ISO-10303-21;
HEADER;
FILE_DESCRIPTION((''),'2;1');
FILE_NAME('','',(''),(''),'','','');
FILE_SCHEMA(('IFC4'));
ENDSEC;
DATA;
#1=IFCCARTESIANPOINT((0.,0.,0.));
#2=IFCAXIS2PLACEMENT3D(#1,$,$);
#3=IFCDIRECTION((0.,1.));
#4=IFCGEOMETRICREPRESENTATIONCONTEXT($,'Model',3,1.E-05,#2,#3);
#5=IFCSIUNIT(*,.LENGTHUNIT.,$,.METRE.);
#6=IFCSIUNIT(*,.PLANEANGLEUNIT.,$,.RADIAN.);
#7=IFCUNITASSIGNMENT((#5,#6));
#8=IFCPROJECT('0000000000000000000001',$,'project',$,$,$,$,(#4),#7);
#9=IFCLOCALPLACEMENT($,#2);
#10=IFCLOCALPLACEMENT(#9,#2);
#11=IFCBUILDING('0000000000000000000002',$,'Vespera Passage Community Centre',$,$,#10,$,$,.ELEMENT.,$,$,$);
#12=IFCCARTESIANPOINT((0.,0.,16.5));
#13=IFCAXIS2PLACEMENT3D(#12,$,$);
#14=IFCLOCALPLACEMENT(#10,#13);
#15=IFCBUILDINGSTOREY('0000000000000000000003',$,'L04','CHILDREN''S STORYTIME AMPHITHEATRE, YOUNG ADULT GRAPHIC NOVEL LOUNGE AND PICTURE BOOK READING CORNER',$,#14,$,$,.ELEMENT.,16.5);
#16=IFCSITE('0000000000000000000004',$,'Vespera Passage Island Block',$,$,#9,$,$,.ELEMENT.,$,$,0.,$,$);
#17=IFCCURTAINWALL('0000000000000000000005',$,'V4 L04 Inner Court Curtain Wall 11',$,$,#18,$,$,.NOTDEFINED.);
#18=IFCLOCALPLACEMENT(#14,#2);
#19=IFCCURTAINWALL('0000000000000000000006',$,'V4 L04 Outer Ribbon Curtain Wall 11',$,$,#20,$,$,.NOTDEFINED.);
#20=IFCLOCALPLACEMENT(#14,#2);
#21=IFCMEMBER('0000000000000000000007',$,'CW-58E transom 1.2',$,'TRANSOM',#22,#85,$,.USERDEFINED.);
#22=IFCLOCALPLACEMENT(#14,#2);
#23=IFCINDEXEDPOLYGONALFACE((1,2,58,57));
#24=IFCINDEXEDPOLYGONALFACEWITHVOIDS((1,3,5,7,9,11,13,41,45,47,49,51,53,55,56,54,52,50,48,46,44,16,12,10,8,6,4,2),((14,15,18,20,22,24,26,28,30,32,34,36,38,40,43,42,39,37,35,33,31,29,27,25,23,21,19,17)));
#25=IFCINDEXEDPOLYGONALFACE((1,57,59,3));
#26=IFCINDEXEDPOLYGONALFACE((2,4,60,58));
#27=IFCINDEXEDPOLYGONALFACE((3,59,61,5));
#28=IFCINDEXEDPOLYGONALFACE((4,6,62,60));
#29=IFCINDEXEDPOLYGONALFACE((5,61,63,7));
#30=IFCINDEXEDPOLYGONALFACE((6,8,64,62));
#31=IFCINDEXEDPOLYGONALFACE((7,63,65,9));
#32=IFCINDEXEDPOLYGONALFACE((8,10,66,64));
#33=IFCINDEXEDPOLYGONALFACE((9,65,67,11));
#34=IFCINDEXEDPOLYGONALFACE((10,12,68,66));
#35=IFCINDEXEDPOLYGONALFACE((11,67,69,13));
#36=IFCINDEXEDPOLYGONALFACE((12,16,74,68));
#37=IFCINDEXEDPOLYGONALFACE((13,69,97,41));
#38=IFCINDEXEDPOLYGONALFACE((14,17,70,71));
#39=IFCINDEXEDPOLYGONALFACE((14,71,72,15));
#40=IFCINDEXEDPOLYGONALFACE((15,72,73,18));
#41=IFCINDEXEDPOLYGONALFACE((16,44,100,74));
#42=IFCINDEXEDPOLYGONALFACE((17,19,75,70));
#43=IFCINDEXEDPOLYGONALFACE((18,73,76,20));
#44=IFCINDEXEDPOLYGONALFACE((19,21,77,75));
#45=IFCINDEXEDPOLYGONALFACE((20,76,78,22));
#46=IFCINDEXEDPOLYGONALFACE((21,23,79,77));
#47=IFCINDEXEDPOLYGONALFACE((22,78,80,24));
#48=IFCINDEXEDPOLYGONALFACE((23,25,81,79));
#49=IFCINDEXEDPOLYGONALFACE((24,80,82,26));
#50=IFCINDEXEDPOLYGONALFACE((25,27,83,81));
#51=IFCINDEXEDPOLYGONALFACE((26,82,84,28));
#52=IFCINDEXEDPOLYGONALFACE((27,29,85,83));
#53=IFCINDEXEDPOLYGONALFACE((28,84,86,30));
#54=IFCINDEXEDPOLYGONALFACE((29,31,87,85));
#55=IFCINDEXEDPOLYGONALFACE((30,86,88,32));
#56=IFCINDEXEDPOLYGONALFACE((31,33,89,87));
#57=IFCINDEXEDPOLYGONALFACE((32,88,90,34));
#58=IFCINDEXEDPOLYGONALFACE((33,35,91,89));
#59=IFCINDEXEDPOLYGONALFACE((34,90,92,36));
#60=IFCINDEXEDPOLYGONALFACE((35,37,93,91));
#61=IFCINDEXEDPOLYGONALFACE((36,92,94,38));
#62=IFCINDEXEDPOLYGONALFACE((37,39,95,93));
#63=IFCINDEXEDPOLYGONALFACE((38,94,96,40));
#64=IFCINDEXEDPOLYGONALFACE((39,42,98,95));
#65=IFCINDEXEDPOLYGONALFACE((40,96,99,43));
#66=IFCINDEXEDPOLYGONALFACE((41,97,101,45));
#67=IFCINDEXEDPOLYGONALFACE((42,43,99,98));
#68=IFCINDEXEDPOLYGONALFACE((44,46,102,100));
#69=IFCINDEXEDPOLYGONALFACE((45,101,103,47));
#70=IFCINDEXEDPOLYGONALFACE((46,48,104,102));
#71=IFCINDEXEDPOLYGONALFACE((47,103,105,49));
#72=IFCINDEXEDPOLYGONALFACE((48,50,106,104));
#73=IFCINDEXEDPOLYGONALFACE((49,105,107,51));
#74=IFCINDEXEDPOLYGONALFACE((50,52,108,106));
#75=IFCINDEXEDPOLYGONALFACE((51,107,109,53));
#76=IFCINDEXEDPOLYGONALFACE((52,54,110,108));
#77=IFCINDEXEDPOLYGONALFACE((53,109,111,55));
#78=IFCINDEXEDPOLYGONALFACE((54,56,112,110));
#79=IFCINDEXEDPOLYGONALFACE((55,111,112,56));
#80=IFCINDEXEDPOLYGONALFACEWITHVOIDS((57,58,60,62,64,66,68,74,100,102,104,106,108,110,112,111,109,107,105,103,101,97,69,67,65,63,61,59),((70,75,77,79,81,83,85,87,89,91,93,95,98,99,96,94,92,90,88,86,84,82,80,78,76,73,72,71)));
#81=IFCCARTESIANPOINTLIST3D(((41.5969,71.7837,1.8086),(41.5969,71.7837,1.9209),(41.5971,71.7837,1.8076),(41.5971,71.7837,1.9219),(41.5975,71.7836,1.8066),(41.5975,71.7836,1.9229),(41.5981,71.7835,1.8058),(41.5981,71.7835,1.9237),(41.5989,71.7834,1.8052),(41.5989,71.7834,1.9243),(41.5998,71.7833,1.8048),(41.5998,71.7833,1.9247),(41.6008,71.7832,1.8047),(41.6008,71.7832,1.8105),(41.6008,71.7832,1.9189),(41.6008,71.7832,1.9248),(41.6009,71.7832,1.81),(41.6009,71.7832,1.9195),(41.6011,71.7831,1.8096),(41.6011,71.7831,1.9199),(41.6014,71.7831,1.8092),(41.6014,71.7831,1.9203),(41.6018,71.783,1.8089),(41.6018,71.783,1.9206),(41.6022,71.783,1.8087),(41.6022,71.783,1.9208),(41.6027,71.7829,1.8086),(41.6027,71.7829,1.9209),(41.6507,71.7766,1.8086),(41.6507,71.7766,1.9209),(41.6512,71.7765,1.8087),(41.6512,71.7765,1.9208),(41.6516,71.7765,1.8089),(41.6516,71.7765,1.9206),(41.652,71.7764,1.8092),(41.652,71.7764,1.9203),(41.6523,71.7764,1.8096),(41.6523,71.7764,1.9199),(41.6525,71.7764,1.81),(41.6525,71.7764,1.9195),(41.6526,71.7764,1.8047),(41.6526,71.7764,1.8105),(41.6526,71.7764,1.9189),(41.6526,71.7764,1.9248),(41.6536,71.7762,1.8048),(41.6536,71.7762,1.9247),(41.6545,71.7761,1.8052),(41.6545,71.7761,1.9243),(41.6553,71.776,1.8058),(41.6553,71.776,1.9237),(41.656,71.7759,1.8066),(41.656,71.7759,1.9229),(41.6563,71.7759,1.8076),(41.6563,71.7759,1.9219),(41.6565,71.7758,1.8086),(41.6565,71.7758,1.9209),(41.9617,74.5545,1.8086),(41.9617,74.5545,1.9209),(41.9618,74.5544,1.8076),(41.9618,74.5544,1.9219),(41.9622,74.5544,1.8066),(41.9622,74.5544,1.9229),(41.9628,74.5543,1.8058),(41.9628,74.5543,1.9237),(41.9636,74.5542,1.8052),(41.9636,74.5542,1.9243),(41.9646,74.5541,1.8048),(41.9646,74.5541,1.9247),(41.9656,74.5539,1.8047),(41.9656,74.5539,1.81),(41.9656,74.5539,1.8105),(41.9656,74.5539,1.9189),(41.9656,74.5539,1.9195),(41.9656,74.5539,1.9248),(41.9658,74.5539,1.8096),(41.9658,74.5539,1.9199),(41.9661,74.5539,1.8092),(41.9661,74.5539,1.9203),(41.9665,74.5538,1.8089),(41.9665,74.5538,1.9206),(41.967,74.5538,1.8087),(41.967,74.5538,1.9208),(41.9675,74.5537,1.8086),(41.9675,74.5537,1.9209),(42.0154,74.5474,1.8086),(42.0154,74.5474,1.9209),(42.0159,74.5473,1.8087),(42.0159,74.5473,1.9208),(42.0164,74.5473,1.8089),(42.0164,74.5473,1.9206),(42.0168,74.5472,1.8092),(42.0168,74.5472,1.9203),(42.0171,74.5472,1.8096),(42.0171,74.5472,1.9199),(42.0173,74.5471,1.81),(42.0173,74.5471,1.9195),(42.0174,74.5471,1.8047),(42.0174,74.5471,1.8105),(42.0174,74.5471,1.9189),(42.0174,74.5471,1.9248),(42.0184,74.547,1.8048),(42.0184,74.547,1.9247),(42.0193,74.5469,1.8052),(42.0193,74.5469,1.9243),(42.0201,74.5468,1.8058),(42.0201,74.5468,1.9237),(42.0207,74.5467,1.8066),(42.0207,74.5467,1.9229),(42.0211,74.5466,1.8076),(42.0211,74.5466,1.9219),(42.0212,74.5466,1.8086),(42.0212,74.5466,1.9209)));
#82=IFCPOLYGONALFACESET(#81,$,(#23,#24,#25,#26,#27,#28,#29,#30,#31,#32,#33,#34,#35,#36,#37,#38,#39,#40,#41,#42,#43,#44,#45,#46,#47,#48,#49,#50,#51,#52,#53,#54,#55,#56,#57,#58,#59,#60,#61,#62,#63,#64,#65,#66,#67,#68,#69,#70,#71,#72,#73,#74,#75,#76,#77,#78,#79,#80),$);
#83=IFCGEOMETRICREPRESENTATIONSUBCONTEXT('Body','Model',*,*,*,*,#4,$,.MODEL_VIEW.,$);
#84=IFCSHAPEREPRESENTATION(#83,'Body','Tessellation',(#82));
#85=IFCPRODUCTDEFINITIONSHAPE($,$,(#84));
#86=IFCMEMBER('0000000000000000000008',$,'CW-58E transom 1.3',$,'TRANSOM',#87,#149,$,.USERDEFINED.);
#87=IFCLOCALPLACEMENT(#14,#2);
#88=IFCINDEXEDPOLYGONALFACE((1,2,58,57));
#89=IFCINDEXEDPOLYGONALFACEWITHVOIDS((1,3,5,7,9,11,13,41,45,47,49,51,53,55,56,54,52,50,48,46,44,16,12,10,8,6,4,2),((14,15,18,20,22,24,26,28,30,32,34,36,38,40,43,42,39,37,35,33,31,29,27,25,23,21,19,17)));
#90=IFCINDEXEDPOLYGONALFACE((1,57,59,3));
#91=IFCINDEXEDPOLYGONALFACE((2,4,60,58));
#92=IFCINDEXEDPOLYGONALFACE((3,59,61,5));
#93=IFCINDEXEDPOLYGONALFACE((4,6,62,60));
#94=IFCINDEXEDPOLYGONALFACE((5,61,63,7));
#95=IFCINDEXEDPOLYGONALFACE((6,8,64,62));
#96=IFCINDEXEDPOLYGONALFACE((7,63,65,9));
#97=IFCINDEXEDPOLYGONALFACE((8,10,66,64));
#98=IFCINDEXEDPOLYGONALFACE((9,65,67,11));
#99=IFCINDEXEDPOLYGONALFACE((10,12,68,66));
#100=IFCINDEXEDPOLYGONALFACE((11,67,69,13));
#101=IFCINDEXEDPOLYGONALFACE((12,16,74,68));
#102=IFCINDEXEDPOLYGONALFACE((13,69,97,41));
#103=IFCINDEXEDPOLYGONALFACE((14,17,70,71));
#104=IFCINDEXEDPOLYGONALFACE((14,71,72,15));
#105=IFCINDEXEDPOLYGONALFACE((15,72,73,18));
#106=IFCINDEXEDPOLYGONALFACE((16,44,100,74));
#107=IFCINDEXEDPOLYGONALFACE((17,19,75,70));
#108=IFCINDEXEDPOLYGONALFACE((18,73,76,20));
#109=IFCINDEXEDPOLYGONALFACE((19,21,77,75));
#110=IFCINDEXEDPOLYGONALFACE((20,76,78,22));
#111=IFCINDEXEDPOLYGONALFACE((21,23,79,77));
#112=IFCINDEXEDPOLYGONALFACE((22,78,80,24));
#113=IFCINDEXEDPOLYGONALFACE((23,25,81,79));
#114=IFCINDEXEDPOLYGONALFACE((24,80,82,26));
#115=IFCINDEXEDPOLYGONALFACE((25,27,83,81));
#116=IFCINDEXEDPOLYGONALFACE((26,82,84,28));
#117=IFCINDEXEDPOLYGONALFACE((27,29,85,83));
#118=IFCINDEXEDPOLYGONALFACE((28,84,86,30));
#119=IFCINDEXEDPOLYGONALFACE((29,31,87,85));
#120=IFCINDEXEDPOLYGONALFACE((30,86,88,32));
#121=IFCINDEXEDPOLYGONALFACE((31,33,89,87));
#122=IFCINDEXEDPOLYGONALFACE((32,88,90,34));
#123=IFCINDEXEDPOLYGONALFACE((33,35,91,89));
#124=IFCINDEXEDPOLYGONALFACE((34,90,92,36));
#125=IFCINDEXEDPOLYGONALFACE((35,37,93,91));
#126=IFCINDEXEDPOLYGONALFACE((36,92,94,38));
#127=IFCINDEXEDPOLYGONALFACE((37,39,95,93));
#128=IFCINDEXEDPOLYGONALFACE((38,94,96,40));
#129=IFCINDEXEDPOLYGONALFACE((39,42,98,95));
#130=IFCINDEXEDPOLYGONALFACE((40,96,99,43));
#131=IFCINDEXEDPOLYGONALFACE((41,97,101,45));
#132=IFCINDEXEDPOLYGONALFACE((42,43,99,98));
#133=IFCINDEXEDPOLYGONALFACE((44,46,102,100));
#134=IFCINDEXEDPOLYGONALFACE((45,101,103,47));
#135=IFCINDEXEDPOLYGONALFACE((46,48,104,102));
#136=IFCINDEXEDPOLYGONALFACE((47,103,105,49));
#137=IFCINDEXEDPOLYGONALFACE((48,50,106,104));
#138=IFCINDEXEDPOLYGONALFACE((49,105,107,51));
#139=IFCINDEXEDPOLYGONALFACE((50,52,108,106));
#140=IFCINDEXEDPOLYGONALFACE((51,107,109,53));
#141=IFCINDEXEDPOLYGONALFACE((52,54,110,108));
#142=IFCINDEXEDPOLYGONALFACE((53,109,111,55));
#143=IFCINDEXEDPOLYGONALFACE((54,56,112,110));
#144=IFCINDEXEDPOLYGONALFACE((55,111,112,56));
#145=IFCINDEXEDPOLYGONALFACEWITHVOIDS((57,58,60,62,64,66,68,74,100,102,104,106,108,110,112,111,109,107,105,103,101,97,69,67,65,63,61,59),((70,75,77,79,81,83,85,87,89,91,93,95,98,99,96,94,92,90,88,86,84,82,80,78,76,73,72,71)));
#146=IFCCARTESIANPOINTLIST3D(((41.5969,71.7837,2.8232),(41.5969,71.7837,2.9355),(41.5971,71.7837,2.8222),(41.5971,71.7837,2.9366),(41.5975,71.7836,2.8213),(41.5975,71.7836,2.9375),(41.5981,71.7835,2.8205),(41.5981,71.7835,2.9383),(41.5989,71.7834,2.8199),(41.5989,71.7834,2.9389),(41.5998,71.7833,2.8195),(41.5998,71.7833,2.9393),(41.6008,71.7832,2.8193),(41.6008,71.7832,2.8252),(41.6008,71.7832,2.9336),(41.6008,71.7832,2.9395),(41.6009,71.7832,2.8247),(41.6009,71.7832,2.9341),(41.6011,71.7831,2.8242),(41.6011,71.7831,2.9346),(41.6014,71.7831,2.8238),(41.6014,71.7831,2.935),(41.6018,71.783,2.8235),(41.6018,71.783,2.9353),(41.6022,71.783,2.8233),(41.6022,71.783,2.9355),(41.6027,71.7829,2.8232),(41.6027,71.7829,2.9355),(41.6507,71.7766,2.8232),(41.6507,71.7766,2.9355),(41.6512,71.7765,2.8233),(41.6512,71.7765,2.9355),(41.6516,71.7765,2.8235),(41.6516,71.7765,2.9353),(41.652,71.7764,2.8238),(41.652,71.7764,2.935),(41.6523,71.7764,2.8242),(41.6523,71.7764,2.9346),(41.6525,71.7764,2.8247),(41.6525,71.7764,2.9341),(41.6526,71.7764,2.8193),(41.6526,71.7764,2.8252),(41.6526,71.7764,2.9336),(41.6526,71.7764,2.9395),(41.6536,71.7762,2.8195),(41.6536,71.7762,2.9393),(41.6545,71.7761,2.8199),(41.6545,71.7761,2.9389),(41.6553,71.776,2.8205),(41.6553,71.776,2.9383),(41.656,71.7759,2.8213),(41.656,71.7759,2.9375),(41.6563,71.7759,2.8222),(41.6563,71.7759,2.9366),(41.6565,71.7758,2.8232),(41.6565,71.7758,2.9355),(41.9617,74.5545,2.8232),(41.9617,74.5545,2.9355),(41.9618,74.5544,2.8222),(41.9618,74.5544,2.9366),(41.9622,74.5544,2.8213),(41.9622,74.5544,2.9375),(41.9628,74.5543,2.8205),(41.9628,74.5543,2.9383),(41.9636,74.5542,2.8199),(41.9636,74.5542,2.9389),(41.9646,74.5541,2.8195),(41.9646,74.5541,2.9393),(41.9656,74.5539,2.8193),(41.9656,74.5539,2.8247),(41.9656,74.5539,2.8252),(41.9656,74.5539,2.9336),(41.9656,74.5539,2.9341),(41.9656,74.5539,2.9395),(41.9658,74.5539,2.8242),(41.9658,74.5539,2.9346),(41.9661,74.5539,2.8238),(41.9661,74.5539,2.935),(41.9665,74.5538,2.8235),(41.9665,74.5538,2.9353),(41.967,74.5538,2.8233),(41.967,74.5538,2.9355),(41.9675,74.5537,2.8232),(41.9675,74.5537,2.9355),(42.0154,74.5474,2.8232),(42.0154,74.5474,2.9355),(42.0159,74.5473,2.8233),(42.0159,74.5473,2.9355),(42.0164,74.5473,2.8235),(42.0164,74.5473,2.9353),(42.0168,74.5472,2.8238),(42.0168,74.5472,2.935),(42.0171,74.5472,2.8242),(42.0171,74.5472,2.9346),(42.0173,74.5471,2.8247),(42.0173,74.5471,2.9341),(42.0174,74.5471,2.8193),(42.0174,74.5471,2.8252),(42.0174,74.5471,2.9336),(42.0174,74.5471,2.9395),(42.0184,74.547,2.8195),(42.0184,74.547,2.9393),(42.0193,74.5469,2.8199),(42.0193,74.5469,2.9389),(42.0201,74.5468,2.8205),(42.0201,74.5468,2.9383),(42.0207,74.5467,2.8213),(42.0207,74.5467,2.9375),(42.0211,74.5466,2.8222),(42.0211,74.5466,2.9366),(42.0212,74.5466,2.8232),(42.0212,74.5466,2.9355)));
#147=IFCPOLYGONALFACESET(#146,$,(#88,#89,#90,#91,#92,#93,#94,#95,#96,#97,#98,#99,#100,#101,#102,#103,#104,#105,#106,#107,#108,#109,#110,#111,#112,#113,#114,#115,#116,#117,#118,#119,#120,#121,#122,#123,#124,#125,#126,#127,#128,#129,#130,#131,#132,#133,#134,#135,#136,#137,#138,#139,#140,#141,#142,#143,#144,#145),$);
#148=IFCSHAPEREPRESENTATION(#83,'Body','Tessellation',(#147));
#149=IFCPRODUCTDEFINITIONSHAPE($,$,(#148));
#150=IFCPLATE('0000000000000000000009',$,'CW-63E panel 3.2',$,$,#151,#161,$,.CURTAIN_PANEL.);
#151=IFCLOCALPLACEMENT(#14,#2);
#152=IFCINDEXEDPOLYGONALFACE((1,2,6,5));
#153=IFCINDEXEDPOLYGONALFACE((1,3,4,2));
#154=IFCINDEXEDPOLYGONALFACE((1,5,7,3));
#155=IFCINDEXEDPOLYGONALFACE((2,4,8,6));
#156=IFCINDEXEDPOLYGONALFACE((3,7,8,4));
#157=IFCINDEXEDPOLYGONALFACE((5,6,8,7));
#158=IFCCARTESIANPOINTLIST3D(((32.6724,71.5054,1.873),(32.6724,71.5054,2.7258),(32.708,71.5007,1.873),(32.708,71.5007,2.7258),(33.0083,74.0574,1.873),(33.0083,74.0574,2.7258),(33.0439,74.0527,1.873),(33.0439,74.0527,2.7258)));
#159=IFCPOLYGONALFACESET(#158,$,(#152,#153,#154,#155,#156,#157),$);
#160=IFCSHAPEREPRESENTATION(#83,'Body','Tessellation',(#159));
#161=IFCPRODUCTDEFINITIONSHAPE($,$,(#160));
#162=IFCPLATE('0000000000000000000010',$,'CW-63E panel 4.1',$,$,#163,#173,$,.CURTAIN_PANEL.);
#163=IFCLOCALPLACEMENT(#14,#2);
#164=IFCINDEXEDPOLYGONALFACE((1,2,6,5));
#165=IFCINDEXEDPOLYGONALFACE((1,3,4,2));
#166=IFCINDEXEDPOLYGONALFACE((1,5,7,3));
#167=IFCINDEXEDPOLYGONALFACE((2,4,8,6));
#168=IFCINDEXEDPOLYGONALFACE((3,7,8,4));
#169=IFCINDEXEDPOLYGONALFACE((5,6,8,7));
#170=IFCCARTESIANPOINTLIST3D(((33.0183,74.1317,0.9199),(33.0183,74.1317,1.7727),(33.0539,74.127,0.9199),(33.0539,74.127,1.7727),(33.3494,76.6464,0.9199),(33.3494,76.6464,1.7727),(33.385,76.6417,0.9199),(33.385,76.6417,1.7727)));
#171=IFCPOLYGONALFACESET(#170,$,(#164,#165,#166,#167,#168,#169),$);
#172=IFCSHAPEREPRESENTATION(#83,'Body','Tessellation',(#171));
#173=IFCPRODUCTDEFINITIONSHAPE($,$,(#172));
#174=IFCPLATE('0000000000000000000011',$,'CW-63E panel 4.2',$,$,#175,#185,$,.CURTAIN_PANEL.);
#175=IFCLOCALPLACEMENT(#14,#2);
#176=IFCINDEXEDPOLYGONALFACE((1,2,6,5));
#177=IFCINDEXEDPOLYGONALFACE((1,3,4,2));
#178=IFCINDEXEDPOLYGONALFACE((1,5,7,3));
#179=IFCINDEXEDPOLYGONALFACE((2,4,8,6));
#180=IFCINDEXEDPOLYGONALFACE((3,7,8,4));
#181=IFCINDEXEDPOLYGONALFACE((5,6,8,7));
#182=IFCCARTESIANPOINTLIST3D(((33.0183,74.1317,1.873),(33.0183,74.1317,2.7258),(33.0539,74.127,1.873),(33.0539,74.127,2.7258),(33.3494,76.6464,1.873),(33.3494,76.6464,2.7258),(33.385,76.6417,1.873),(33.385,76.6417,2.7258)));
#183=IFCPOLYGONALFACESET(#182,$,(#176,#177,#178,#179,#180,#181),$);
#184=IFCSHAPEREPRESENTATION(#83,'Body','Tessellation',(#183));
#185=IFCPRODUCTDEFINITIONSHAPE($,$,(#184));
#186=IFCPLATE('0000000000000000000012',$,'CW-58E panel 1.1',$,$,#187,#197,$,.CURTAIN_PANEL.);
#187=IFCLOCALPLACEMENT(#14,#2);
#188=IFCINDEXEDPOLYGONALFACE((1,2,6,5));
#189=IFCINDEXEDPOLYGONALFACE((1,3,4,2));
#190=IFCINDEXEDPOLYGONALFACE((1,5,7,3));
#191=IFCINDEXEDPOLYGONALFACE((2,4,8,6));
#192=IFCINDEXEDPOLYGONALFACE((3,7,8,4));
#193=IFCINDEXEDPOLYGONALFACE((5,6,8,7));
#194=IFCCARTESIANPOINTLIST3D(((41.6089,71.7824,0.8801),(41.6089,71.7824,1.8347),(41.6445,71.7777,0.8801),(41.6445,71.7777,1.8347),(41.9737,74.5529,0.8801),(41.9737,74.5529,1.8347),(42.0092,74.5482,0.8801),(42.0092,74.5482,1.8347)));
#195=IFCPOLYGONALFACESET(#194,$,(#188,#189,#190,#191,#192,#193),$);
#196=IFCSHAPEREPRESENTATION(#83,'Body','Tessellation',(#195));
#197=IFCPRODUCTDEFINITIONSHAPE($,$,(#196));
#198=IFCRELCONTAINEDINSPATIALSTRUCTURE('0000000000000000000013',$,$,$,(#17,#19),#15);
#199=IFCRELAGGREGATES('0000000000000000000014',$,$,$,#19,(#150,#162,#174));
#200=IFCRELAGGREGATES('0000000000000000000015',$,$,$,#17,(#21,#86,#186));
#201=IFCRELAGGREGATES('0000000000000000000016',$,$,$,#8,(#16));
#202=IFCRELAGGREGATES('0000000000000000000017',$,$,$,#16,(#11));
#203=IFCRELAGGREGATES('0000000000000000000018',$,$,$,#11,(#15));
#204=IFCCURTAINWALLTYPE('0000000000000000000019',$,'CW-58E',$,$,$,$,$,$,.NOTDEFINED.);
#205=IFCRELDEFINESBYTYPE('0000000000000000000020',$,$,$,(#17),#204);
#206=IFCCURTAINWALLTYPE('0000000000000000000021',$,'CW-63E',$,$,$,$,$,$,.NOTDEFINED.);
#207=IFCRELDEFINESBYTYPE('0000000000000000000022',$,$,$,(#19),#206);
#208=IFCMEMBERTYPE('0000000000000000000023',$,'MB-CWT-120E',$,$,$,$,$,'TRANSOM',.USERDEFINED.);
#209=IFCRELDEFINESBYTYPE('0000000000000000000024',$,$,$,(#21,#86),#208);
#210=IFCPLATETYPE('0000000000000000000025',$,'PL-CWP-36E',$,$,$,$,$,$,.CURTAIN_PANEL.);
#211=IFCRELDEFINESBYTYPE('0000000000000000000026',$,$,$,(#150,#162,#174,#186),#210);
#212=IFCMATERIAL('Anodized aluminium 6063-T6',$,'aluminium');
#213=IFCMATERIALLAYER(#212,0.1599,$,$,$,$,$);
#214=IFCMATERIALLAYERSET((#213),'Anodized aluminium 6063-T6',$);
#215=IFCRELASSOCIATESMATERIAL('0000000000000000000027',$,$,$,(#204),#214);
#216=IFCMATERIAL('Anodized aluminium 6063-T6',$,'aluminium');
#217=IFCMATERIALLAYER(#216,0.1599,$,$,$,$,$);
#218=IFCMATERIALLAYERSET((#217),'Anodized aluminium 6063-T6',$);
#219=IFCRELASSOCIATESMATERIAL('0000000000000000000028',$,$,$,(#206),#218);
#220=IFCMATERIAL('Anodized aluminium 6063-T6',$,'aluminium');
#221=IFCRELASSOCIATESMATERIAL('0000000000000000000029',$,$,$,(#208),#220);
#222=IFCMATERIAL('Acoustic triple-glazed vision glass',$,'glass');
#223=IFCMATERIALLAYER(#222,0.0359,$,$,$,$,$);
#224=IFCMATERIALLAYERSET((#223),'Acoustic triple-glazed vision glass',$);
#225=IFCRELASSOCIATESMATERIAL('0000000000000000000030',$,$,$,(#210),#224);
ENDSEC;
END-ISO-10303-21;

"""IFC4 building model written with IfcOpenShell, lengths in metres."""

from ifc_helpers import new_model, si_unit, direction, frame, origin, origin_2d, place, context, subcontext, project, spatial, rectangle, hollow_rectangle, extrude, material, layer, layer_set, material_profile, profile_set, type_object, element, aggregate, save


model = new_model("IFC4")

# Units and contexts
model_context = context("Model", 3, precision=1e-05, world=origin(), true_north=direction((0.0, 1.0)))
body_context = subcontext(model_context, "Body", "Model", "MODEL_VIEW")
ifc_project = project(units=[si_unit("LENGTHUNIT", "METRE"), si_unit("PLANEANGLEUNIT", "RADIAN")], contexts=[model_context])

# Site, building, storey
site_placement = place(None, origin())
site = spatial("IfcSite", under=ifc_project, at=site_placement, Name="Vespera Passage Island Block", CompositionType="ELEMENT", RefElevation=0.0)
building_placement = place(site_placement, origin())
building = spatial("IfcBuilding", under=site, at=building_placement, Name="Vespera Passage Community Centre", CompositionType="ELEMENT")
storey_placement = place(building_placement, frame((0.0, 0.0, 16.5)))
storey = spatial("IfcBuildingStorey", under=building, at=storey_placement, Name="L04", Description="CHILDREN'S STORYTIME AMPHITHEATRE, YOUNG ADULT GRAPHIC NOVEL LOUNGE AND PICTURE BOOK READING CORNER", CompositionType="ELEMENT", Elevation=16.5)

# Curtain wall
ifc_material_1 = material(Name="Anodized aluminium 6063-T6", Category="aluminium")
ifc_layer_1 = layer(ifc_material_1, 0.1599)
ifc_layer_set_1 = layer_set([ifc_layer_1], Name="Anodized aluminium 6063-T6")
curtain_wall_type_1 = type_object("IfcCurtainWallType", Name="CW-58E", PredefinedType="NOTDEFINED", material=ifc_layer_set_1)
curtain_wall_1_placement = place(storey_placement, origin())
curtain_wall_1 = element("IfcCurtainWall", 1, at=curtain_wall_1_placement, inside=storey, type_object=curtain_wall_type_1, Name="V4 L04 Inner Court Curtain Wall 11", PredefinedType="NOTDEFINED")

# Curtain wall
ifc_material_2 = material(Name="Anodized aluminium 6063-T6", Category="aluminium")
ifc_layer_2 = layer(ifc_material_2, 0.1599)
ifc_layer_set_2 = layer_set([ifc_layer_2], Name="Anodized aluminium 6063-T6")
curtain_wall_type_2 = type_object("IfcCurtainWallType", Name="CW-63E", PredefinedType="NOTDEFINED", material=ifc_layer_set_2)
curtain_wall_2_placement = place(storey_placement, origin())
curtain_wall_2 = element("IfcCurtainWall", 2, at=curtain_wall_2_placement, inside=storey, type_object=curtain_wall_type_2, Name="V4 L04 Outer Ribbon Curtain Wall 11", PredefinedType="NOTDEFINED")

# Members
ifc_material_3 = material(Name="Anodized aluminium 6063-T6", Category="aluminium")
ifc_material_profile_1 = material_profile(ifc_material_3, hollow_rectangle(XDim=0.0601, YDim=0.1201, WallThickness=0.0039, InnerFilletRadius=0.002, OuterFilletRadius=0.0039, at=origin_2d()), Name="ALU120X60X4")
ifc_profile_set_1 = profile_set([ifc_material_profile_1], Name="Anodized aluminium 6063-T6")
member_type_1 = type_object("IfcMemberType", Name="MB-CWT-120E", ElementType="TRANSOM", PredefinedType="USERDEFINED", material=ifc_profile_set_1)
member_1_placement = place(storey_placement, frame((41.9915, 74.5505, 1.8647), z_axis=(-0.130516, -0.991446, 0.0), x_axis=(0.991446, -0.130516, 0.0)))
member_1 = element("IfcMember", 3, at=member_1_placement, type_object=member_type_1, Name="CW-58E transom 1.2", ObjectType="TRANSOM", PredefinedType="USERDEFINED", context=body_context, shape_type="SweptSolid", body=[
    extrude(hollow_rectangle(XDim=0.0601, YDim=0.1201, WallThickness=0.0039, InnerFilletRadius=0.002, OuterFilletRadius=0.0039, at=origin_2d()), origin(), (0.0, 0.0, 1.0), 2.7947),
])
member_2_placement = place(storey_placement, frame((41.9915, 74.5505, 2.8794), z_axis=(-0.130516, -0.991446, 0.0), x_axis=(0.991446, -0.130516, 0.0)))
member_2 = element("IfcMember", 4, at=member_2_placement, type_object=member_type_1, Name="CW-58E transom 1.3", ObjectType="TRANSOM", PredefinedType="USERDEFINED", context=body_context, shape_type="SweptSolid", body=[
    extrude(hollow_rectangle(XDim=0.0601, YDim=0.1201, WallThickness=0.0039, InnerFilletRadius=0.002, OuterFilletRadius=0.0039, at=origin_2d()), origin(), (0.0, 0.0, 1.0), 2.7947),
])

# Plates
ifc_material_4 = material(Name="Acoustic triple-glazed vision glass", Category="glass")
ifc_layer_3 = layer(ifc_material_4, 0.0359)
ifc_layer_set_3 = layer_set([ifc_layer_3], Name="Acoustic triple-glazed vision glass")
plate_type = type_object("IfcPlateType", Name="PL-CWP-36E", PredefinedType="CURTAIN_PANEL", material=ifc_layer_set_3)
plate_1_placement = place(storey_placement, frame((32.8582, 72.7791, 1.873), z_axis=(0.0, 0.0, 1.0), x_axis=(0.130523, 0.991445, 0.0)))
plate_1 = element("IfcPlate", 5, at=plate_1_placement, type_object=plate_type, Name="CW-63E panel 3.2", PredefinedType="CURTAIN_PANEL", context=body_context, shape_type="SweptSolid", body=[
    extrude(rectangle(XDim=2.574, YDim=0.0359, at=origin_2d()), origin(), (0.0, 0.0, 1.0), 0.8528),
])
plate_2_placement = place(storey_placement, frame((33.2017, 75.3867, 0.9199), z_axis=(0.0, 0.0, 1.0), x_axis=(0.130523, 0.991445, 0.0)))
plate_2 = element("IfcPlate", 6, at=plate_2_placement, type_object=plate_type, Name="CW-63E panel 4.1", PredefinedType="CURTAIN_PANEL", context=body_context, shape_type="SweptSolid", body=[
    extrude(rectangle(XDim=2.5364, YDim=0.0359, at=origin_2d()), origin(), (0.0, 0.0, 1.0), 0.8528),
])
plate_3_placement = place(storey_placement, frame((33.2017, 75.3867, 1.873), z_axis=(0.0, 0.0, 1.0), x_axis=(0.130523, 0.991445, 0.0)))
plate_3 = element("IfcPlate", 7, at=plate_3_placement, type_object=plate_type, Name="CW-63E panel 4.2", PredefinedType="CURTAIN_PANEL", context=body_context, shape_type="SweptSolid", body=[
    extrude(rectangle(XDim=2.5364, YDim=0.0359, at=origin_2d()), origin(), (0.0, 0.0, 1.0), 0.8528),
])
aggregate(curtain_wall_2, [plate_1, plate_2, plate_3])
plate_4_placement = place(storey_placement, frame((41.8091, 73.1653, 0.8801), z_axis=(0.0, 0.0, 1.0), x_axis=(-0.130522, -0.991445, 0.0)))
plate_4 = element("IfcPlate", 8, at=plate_4_placement, type_object=plate_type, Name="CW-58E panel 1.1", PredefinedType="CURTAIN_PANEL", context=body_context, shape_type="SweptSolid", body=[
    extrude(rectangle(XDim=2.7944, YDim=0.0359, at=origin_2d()), origin(), (0.0, 0.0, 1.0), 0.9546),
])
aggregate(curtain_wall_1, [member_1, member_2, plate_4])

save(model, "model.ifc")
